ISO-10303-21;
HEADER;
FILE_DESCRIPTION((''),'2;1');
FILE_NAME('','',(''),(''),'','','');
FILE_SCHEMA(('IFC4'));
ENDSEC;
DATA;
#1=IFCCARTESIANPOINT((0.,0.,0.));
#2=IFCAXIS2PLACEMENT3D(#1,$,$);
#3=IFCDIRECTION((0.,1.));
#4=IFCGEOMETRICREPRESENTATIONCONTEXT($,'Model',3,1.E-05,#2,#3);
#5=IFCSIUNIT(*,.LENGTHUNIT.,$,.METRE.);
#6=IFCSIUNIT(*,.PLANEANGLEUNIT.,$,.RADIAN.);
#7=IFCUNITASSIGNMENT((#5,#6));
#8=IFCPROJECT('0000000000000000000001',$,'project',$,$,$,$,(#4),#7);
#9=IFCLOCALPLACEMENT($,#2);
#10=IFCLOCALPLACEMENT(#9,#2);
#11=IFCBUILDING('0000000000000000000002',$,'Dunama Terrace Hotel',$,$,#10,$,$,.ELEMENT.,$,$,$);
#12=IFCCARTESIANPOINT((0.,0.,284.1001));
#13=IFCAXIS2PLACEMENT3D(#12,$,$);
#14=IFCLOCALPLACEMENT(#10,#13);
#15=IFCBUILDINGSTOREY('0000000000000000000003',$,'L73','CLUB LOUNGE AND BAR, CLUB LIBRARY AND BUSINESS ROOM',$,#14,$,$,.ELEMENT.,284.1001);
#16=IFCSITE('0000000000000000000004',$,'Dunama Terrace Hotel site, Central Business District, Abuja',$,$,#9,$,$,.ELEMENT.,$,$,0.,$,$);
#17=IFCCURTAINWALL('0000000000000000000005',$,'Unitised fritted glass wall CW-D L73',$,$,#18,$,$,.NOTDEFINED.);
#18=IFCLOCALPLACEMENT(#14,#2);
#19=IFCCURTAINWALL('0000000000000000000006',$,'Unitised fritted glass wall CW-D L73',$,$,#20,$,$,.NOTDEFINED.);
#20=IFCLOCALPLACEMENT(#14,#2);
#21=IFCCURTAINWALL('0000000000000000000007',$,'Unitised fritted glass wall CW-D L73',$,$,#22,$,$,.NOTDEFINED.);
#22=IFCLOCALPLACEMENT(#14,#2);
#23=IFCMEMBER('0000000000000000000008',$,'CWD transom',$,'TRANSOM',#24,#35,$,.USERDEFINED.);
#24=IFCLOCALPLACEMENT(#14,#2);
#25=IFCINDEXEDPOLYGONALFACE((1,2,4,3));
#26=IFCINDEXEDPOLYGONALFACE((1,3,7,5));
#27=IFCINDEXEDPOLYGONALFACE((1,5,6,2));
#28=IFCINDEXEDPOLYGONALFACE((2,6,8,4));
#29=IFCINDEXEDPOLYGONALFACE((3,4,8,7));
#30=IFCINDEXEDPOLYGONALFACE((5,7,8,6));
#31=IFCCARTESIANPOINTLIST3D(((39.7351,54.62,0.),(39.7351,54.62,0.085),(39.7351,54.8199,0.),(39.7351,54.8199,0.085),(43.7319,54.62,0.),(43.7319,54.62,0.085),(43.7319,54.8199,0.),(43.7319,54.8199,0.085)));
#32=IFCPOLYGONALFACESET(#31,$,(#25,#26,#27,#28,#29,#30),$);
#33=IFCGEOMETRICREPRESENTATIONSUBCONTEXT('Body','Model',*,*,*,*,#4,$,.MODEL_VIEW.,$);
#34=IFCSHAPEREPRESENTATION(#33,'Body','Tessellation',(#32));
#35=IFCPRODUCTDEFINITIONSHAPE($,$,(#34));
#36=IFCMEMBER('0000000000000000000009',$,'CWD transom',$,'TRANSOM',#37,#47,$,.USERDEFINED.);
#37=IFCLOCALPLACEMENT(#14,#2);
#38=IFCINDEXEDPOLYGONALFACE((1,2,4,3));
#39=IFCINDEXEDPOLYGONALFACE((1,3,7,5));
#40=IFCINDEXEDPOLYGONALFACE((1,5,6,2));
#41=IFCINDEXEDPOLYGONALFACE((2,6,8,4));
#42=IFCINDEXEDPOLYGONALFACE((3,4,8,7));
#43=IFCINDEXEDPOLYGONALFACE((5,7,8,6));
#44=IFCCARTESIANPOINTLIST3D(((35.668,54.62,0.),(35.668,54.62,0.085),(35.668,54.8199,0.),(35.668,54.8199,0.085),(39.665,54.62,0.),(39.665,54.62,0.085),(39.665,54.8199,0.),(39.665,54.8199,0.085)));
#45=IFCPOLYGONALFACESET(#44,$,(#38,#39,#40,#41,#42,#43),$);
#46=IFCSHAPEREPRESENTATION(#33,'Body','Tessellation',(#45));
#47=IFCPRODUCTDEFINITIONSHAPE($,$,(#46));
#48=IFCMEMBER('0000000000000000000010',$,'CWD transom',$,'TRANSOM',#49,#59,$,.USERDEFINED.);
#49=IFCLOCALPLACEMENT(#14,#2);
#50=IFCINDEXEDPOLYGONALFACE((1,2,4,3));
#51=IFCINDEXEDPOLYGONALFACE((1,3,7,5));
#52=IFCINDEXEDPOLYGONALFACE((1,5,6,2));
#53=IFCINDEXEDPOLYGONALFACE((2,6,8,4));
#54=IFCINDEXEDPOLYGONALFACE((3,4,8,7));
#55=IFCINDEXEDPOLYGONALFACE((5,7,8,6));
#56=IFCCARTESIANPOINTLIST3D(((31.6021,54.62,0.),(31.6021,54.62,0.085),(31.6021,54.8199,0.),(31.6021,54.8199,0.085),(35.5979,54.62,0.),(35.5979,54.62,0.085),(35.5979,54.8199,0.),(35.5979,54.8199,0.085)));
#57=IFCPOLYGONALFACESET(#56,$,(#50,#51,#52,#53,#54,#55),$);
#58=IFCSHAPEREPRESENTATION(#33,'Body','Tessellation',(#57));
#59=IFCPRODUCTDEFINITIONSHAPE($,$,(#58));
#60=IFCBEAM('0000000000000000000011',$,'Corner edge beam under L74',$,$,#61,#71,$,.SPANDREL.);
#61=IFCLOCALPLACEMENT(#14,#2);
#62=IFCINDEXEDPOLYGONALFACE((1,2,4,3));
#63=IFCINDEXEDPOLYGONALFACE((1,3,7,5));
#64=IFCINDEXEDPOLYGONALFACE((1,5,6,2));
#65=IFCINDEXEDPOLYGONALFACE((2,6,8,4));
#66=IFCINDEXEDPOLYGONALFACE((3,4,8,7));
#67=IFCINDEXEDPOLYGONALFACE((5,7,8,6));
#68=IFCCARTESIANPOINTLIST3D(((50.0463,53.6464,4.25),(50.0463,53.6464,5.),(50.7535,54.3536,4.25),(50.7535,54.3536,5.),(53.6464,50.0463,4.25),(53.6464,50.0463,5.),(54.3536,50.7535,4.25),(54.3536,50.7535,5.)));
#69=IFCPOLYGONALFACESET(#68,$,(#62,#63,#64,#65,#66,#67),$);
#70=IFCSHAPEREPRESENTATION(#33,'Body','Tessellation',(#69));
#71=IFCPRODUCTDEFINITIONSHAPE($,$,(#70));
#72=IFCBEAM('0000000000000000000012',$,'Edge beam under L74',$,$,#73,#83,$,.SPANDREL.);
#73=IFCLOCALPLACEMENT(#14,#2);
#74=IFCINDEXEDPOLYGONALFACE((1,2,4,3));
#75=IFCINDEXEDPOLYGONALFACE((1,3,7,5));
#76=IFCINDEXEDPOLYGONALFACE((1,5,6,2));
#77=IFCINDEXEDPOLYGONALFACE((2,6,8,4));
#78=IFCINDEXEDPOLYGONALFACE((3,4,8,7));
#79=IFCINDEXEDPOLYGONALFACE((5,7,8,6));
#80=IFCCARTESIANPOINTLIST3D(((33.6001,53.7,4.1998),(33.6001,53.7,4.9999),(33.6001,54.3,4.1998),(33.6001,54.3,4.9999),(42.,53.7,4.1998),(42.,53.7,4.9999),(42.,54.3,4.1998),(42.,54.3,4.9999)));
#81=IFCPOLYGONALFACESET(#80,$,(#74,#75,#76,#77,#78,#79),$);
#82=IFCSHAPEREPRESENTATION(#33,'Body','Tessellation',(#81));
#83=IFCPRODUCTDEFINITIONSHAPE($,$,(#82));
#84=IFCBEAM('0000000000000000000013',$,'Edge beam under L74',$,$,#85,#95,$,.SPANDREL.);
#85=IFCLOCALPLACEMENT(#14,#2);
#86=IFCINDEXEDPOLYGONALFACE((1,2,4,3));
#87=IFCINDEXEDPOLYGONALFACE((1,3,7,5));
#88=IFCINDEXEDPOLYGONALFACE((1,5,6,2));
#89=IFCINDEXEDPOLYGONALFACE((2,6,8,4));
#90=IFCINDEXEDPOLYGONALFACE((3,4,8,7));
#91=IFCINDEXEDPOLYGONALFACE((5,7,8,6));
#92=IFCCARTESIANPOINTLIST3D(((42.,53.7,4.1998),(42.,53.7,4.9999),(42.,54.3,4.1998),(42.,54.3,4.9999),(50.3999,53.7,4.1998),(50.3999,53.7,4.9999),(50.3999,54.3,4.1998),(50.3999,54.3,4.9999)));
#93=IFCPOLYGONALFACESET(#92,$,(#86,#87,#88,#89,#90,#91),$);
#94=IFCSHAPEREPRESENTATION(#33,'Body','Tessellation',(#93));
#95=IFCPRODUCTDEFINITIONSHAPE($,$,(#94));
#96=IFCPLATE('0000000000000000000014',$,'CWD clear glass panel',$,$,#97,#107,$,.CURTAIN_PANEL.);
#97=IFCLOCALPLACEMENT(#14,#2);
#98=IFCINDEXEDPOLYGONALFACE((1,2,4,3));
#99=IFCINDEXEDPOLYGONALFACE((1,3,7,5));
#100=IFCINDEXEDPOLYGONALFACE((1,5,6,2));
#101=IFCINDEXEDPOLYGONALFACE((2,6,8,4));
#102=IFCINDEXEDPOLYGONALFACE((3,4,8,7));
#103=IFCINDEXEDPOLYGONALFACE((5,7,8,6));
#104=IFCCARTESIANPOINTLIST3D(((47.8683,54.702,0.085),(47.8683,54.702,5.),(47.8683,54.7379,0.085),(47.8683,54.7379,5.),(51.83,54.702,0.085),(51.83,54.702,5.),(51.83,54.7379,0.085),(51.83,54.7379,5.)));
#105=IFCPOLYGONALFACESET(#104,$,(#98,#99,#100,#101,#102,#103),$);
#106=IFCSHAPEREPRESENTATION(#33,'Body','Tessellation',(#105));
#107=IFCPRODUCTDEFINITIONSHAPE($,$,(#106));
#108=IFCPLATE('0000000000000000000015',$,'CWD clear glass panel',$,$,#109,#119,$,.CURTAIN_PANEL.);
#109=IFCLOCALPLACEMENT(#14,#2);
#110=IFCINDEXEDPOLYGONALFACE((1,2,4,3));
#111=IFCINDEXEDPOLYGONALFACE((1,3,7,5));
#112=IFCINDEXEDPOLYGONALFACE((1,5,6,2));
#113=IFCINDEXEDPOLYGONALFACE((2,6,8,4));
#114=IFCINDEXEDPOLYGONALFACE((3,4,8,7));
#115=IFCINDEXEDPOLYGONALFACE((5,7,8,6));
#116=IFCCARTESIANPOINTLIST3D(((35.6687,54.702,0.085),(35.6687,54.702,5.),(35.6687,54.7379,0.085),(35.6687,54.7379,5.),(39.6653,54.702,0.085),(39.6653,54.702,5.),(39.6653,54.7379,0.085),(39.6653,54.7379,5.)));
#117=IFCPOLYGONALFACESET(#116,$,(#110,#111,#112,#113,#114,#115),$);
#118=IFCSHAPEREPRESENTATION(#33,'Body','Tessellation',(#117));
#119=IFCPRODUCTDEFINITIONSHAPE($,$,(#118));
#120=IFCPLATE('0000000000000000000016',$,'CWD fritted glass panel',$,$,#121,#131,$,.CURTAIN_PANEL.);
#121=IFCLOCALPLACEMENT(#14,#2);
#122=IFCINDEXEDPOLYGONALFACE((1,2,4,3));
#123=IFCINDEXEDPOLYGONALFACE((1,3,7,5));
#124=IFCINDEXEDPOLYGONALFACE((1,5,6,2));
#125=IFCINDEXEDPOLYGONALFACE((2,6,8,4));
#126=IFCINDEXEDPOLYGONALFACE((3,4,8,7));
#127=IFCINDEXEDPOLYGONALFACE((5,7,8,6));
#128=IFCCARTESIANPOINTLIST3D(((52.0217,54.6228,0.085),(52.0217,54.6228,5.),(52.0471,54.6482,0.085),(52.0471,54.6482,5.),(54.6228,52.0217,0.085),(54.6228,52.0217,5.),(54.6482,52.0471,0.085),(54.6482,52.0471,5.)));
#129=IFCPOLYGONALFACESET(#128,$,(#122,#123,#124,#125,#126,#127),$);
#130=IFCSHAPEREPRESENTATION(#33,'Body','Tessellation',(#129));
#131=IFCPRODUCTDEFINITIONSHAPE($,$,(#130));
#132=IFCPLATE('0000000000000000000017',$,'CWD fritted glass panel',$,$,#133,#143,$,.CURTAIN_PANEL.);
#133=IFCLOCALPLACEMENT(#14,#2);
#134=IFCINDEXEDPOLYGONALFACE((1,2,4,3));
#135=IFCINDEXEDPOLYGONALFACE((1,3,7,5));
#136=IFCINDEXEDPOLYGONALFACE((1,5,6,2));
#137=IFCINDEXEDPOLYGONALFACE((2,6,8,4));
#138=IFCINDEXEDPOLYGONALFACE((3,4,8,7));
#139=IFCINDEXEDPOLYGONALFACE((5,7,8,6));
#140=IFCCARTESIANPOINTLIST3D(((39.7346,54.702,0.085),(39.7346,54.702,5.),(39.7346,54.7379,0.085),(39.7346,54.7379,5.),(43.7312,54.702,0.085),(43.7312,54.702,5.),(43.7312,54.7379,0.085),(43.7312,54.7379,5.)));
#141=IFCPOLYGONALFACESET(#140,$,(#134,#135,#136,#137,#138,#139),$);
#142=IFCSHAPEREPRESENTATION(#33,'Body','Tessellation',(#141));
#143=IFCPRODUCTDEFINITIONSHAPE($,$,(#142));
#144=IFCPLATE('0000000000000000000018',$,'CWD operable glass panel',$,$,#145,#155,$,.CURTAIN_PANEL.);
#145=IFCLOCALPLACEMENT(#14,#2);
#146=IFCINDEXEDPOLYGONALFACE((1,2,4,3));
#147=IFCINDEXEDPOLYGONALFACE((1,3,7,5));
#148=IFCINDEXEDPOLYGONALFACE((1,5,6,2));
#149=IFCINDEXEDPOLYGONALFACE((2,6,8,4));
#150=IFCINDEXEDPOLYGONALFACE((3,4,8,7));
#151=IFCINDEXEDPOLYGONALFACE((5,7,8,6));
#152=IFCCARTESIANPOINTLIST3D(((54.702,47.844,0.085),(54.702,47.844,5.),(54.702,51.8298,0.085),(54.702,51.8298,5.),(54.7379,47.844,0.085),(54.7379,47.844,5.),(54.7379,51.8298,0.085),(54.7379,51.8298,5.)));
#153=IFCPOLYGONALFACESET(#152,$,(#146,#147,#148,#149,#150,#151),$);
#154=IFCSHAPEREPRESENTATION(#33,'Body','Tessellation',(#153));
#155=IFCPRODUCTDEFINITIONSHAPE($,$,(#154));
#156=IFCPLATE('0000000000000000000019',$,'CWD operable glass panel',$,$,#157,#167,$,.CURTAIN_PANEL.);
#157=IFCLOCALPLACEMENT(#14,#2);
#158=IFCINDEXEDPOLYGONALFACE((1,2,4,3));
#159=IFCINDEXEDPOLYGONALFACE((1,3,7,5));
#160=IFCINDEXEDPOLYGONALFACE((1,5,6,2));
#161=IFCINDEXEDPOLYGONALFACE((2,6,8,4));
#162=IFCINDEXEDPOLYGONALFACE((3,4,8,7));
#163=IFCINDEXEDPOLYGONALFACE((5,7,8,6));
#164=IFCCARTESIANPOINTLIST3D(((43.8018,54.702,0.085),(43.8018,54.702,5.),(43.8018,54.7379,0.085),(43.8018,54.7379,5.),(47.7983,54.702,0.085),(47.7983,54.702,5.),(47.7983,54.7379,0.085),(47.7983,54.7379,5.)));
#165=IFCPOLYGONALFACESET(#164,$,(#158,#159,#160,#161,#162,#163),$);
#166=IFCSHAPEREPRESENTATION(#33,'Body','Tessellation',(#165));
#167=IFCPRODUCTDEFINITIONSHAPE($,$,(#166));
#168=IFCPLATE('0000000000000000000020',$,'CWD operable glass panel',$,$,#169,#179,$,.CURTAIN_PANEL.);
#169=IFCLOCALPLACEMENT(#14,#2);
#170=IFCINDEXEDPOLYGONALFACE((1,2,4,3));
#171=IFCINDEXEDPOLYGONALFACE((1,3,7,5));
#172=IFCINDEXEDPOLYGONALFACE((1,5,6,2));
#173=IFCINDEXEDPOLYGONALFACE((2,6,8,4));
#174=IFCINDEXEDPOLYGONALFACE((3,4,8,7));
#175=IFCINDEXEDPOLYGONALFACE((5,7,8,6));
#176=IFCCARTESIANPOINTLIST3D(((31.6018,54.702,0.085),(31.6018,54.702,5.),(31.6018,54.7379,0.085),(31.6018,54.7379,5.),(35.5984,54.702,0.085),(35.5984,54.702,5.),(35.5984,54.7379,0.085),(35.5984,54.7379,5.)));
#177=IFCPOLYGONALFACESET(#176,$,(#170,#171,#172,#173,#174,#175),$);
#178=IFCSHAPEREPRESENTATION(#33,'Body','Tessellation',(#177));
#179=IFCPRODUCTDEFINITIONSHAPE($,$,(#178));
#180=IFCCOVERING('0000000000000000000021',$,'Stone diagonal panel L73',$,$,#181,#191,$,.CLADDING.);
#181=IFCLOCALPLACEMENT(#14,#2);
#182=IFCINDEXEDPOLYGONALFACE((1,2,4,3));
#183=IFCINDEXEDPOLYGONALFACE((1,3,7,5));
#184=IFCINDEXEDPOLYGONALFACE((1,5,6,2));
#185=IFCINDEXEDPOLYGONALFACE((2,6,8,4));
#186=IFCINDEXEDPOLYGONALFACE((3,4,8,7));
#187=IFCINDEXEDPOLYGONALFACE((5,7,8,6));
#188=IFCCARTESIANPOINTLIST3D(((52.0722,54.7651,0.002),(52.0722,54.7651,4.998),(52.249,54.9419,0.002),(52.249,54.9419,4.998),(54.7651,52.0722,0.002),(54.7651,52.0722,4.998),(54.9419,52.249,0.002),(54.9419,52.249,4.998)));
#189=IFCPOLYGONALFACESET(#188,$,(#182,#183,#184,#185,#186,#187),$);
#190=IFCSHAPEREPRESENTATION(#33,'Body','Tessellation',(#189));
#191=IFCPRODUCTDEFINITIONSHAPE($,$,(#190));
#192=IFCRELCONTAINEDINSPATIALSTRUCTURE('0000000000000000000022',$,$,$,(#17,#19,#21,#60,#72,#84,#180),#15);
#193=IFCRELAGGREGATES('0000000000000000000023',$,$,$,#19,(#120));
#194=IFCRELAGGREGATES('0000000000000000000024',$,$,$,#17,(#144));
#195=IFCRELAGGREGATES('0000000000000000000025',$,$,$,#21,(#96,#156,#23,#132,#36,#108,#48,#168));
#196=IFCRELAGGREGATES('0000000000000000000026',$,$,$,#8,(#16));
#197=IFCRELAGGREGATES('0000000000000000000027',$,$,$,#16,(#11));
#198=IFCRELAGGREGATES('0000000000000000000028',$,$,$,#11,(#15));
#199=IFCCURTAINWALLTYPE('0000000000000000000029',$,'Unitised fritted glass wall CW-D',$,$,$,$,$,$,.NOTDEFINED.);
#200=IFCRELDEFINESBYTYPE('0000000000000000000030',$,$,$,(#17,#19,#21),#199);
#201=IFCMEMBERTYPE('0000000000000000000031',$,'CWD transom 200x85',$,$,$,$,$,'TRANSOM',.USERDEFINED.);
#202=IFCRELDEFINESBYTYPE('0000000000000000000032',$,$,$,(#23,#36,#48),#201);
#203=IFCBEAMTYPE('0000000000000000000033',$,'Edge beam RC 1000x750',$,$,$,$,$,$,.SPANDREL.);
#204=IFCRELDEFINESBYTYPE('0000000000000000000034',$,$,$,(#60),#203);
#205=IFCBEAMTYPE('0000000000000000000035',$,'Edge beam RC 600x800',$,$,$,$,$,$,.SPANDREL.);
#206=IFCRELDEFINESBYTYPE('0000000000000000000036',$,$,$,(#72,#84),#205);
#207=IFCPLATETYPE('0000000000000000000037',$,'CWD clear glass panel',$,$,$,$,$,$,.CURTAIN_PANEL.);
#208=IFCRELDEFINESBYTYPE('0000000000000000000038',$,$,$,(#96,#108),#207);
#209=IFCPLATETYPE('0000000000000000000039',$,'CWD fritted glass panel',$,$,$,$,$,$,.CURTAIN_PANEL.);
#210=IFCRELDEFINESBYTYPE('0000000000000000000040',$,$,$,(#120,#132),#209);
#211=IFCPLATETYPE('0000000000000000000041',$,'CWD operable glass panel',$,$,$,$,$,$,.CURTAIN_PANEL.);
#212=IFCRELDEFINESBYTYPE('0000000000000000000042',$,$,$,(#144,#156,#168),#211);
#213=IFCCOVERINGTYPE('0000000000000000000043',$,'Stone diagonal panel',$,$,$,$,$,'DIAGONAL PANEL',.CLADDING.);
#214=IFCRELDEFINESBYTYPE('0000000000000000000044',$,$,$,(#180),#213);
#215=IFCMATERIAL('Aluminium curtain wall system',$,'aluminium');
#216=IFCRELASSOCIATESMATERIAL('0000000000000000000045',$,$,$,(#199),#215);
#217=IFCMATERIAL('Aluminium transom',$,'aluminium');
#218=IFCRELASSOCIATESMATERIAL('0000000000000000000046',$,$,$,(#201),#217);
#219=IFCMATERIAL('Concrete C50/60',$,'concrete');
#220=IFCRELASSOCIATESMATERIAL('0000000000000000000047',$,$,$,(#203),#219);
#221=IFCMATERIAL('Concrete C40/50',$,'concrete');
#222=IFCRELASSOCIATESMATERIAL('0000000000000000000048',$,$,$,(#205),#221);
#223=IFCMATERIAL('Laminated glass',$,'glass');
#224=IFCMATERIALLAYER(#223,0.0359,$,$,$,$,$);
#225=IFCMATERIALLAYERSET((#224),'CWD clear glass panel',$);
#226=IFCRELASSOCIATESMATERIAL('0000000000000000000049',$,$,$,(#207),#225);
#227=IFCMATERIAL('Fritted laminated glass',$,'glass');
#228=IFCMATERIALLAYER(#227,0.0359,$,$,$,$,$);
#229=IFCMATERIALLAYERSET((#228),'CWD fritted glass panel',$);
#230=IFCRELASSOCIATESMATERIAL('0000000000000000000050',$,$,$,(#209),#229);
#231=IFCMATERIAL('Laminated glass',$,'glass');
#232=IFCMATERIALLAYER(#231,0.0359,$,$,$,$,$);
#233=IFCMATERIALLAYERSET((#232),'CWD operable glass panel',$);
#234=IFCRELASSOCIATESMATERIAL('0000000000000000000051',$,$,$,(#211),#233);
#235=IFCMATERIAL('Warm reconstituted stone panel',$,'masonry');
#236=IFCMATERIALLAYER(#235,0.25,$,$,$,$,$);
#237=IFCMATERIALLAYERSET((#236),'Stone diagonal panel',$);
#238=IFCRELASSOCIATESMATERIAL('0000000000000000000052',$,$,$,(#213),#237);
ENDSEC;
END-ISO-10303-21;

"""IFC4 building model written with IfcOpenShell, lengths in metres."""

from ifc_helpers import new_model, si_unit, direction, frame, origin, origin_2d, place, context, subcontext, project, spatial, rectangle, extrude, material, layer, layer_set, material_profile, profile_set, type_object, element, aggregate, save


model = new_model("IFC4")

# Units and contexts
model_context = context("Model", 3, precision=1e-05, world=origin(), true_north=direction((0.0, 1.0)))
body_context = subcontext(model_context, "Body", "Model", "MODEL_VIEW")
ifc_project = project(units=[si_unit("LENGTHUNIT", "METRE"), si_unit("PLANEANGLEUNIT", "RADIAN")], contexts=[model_context])

# Site, building, storey
site_placement = place(None, origin())
site = spatial("IfcSite", under=ifc_project, at=site_placement, Name="Dunama Terrace Hotel site, Central Business District, Abuja", CompositionType="ELEMENT", RefElevation=0.0)
building_placement = place(site_placement, origin())
building = spatial("IfcBuilding", under=site, at=building_placement, Name="Dunama Terrace Hotel", CompositionType="ELEMENT")
storey_placement = place(building_placement, frame((0.0, 0.0, 284.1001)))
storey = spatial("IfcBuildingStorey", under=building, at=storey_placement, Name="L73", Description="CLUB LOUNGE AND BAR, CLUB LIBRARY AND BUSINESS ROOM", CompositionType="ELEMENT", Elevation=284.1001)

# Curtain wall
ifc_material_1 = material(Name="Aluminium curtain wall system", Category="aluminium")
curtain_wall_type = type_object("IfcCurtainWallType", Name="Unitised fritted glass wall CW-D", PredefinedType="NOTDEFINED", material=ifc_material_1)
curtain_wall_1_placement = place(storey_placement, origin())
curtain_wall_1 = element("IfcCurtainWall", 1, at=curtain_wall_1_placement, inside=storey, type_object=curtain_wall_type, Name="Unitised fritted glass wall CW-D L73", PredefinedType="NOTDEFINED")

# Curtain walls
curtain_wall_2_placement = place(storey_placement, origin())
curtain_wall_2 = element("IfcCurtainWall", 2, at=curtain_wall_2_placement, inside=storey, type_object=curtain_wall_type, Name="Unitised fritted glass wall CW-D L73", PredefinedType="NOTDEFINED")
curtain_wall_3_placement = place(storey_placement, origin())
curtain_wall_3 = element("IfcCurtainWall", 3, at=curtain_wall_3_placement, inside=storey, type_object=curtain_wall_type, Name="Unitised fritted glass wall CW-D L73", PredefinedType="NOTDEFINED")

# Members
ifc_material_2 = material(Name="Aluminium transom", Category="aluminium")
ifc_material_profile_1 = material_profile(ifc_material_2, rectangle(XDim=0.2, YDim=0.085, at=origin_2d()), Name="CWD TRANSOM 200X85")
ifc_profile_set_1 = profile_set([ifc_material_profile_1], Name="Aluminium transom")
member_type_1 = type_object("IfcMemberType", Name="CWD transom 200x85", ElementType="TRANSOM", PredefinedType="USERDEFINED", material=ifc_profile_set_1)
member_1_placement = place(storey_placement, frame((43.7319, 54.72, 0.0425), z_axis=(-1.0, 0.0, 0.0), x_axis=(0.0, -1.0, 0.0)))
member_1 = element("IfcMember", 4, at=member_1_placement, type_object=member_type_1, Name="CWD transom", ObjectType="TRANSOM", PredefinedType="USERDEFINED", context=body_context, shape_type="SweptSolid", body=[
    extrude(rectangle(XDim=0.2, YDim=0.085, at=origin_2d()), origin(), (0.0, 0.0, 1.0), 3.9968),
])
member_2_placement = place(storey_placement, frame((39.665, 54.72, 0.0425), z_axis=(-1.0, 0.0, 0.0), x_axis=(0.0, -1.0, 0.0)))
member_2 = element("IfcMember", 5, at=member_2_placement, type_object=member_type_1, Name="CWD transom", ObjectType="TRANSOM", PredefinedType="USERDEFINED", context=body_context, shape_type="SweptSolid", body=[
    extrude(rectangle(XDim=0.2, YDim=0.085, at=origin_2d()), origin(), (0.0, 0.0, 1.0), 3.9971),
])
member_3_placement = place(storey_placement, frame((35.5979, 54.72, 0.0425), z_axis=(-1.0, 0.0, 0.0), x_axis=(0.0, -1.0, 0.0)))
member_3 = element("IfcMember", 6, at=member_3_placement, type_object=member_type_1, Name="CWD transom", ObjectType="TRANSOM", PredefinedType="USERDEFINED", context=body_context, shape_type="SweptSolid", body=[
    extrude(rectangle(XDim=0.2, YDim=0.085, at=origin_2d()), origin(), (0.0, 0.0, 1.0), 3.9958),
])

# Beams
ifc_material_3 = material(Name="Concrete C50/60", Category="concrete")
ifc_material_profile_2 = material_profile(ifc_material_3, rectangle(XDim=1.0, YDim=0.75, at=origin_2d()), Name="RC 1000x750")
ifc_profile_set_2 = profile_set([ifc_material_profile_2], Name="Concrete C50/60")
beam_type_1 = type_object("IfcBeamType", Name="Edge beam RC 1000x750", PredefinedType="SPANDREL", material=ifc_profile_set_2)
beam_placement = place(storey_placement, frame((50.3999, 54.0, 4.625), z_axis=(0.707107, -0.707107, 0.0), x_axis=(0.707107, 0.707107, 0.0)))
element("IfcBeam", 7, at=beam_placement, inside=storey, type_object=beam_type_1, Name="Corner edge beam under L74", PredefinedType="SPANDREL", context=body_context, shape_type="SweptSolid", body=[
    extrude(rectangle(XDim=1.0, YDim=0.75, at=origin_2d()), origin(), (0.0, 0.0, 1.0), 5.0913),
])
ifc_material_4 = material(Name="Concrete C40/50", Category="concrete")
ifc_material_profile_3 = material_profile(ifc_material_4, rectangle(XDim=0.6001, YDim=0.8, at=origin_2d()), Name="RC 600x800")
ifc_profile_set_3 = profile_set([ifc_material_profile_3], Name="Concrete C40/50")
beam_type_2 = type_object("IfcBeamType", Name="Edge beam RC 600x800", PredefinedType="SPANDREL", material=ifc_profile_set_3)
for number, where, z_axis, x_axis, name in (
    (8, (33.6001, 54.0, 4.5999), (1.0, 0.0, 0.0), (0.0, 1.0, 0.0), "Edge beam under L74"),
    (9, (42.0, 54.0, 4.5999), (1.0, 0.0, 0.0), (0.0, 1.0, 0.0), "Edge beam under L74"),
):
    element("IfcBeam", number, at=place(storey_placement, frame(where, z_axis=z_axis, x_axis=x_axis)), inside=storey, type_object=beam_type_2, Name=name, PredefinedType="SPANDREL", context=body_context, shape_type="SweptSolid", body=[
        extrude(rectangle(XDim=0.6001, YDim=0.8, at=origin_2d()), origin(), (0.0, 0.0, 1.0), 8.3999),
    ])

# Plates
ifc_material_5 = material(Name="Laminated glass", Category="glass")
ifc_layer_1 = layer(ifc_material_5, 0.0359)
ifc_layer_set_1 = layer_set([ifc_layer_1], Name="CWD clear glass panel")
plate_type_1 = type_object("IfcPlateType", Name="CWD clear glass panel", PredefinedType="CURTAIN_PANEL", material=ifc_layer_set_1)
plate_1_placement = place(storey_placement, frame((49.8491, 54.72, 0.085), z_axis=(0.0, 0.0, 1.0), x_axis=(-1.0, 0.0, 0.0)))
plate_1 = element("IfcPlate", 10, at=plate_1_placement, type_object=plate_type_1, Name="CWD clear glass panel", PredefinedType="CURTAIN_PANEL", context=body_context, shape_type="SweptSolid", body=[
    extrude(rectangle(XDim=3.9617, YDim=0.0359, at=origin_2d()), origin(), (0.0, 0.0, 1.0), 4.915),
])
plate_2_placement = place(storey_placement, frame((37.667, 54.72, 0.085), z_axis=(0.0, 0.0, 1.0), x_axis=(-1.0, 0.0, 0.0)))
plate_2 = element("IfcPlate", 11, at=plate_2_placement, type_object=plate_type_1, Name="CWD clear glass panel", PredefinedType="CURTAIN_PANEL", context=body_context, shape_type="SweptSolid", body=[
    extrude(rectangle(XDim=3.9966, YDim=0.0359, at=origin_2d()), origin(), (0.0, 0.0, 1.0), 4.915),
])
ifc_material_6 = material(Name="Fritted laminated glass", Category="glass")
ifc_layer_2 = layer(ifc_material_6, 0.0359)
ifc_layer_set_2 = layer_set([ifc_layer_2], Name="CWD fritted glass panel")
plate_type_2 = type_object("IfcPlateType", Name="CWD fritted glass panel", PredefinedType="CURTAIN_PANEL", material=ifc_layer_set_2)
plate_3_placement = place(storey_placement, frame((53.335, 53.335, 0.085), z_axis=(0.0, 0.0, 1.0), x_axis=(-0.707107, 0.707107, 0.0)))
plate_3 = element("IfcPlate", 12, at=plate_3_placement, type_object=plate_type_2, Name="CWD fritted glass panel", PredefinedType="CURTAIN_PANEL", context=body_context, shape_type="SweptSolid", body=[
    extrude(rectangle(XDim=3.6785, YDim=0.0359, at=origin_2d()), origin(), (0.0, 0.0, 1.0), 4.915),
])
aggregate(curtain_wall_2, [plate_3])
plate_4_placement = place(storey_placement, frame((41.7329, 54.72, 0.085), z_axis=(0.0, 0.0, 1.0), x_axis=(-1.0, 0.0, 0.0)))
plate_4 = element("IfcPlate", 13, at=plate_4_placement, type_object=plate_type_2, Name="CWD fritted glass panel", PredefinedType="CURTAIN_PANEL", context=body_context, shape_type="SweptSolid", body=[
    extrude(rectangle(XDim=3.9966, YDim=0.0359, at=origin_2d()), origin(), (0.0, 0.0, 1.0), 4.915),
])
ifc_material_7 = material(Name="Laminated glass", Category="glass")
ifc_layer_3 = layer(ifc_material_7, 0.0359)
ifc_layer_set_3 = layer_set([ifc_layer_3], Name="CWD operable glass panel")
plate_type_3 = type_object("IfcPlateType", Name="CWD operable glass panel", PredefinedType="CURTAIN_PANEL", material=ifc_layer_set_3)
plate_5_placement = place(storey_placement, frame((54.72, 49.8369, 0.085), z_axis=(0.0, 0.0, 1.0), x_axis=(0.0, 1.0, 0.0)))
plate_5 = element("IfcPlate", 14, at=plate_5_placement, type_object=plate_type_3, Name="CWD operable glass panel", PredefinedType="CURTAIN_PANEL", context=body_context, shape_type="SweptSolid", body=[
    extrude(rectangle(XDim=3.9858, YDim=0.0359, at=origin_2d()), origin(), (0.0, 0.0, 1.0), 4.915),
])
aggregate(curtain_wall_1, [plate_5])
plate_6_placement = place(storey_placement, frame((45.8, 54.72, 0.085), z_axis=(0.0, 0.0, 1.0), x_axis=(-1.0, 0.0, 0.0)))
plate_6 = element("IfcPlate", 15, at=plate_6_placement, type_object=plate_type_3, Name="CWD operable glass panel", PredefinedType="CURTAIN_PANEL", context=body_context, shape_type="SweptSolid", body=[
    extrude(rectangle(XDim=3.9966, YDim=0.0359, at=origin_2d()), origin(), (0.0, 0.0, 1.0), 4.915),
])
plate_7_placement = place(storey_placement, frame((33.6001, 54.72, 0.085), z_axis=(0.0, 0.0, 1.0), x_axis=(-1.0, 0.0, 0.0)))
plate_7 = element("IfcPlate", 16, at=plate_7_placement, type_object=plate_type_3, Name="CWD operable glass panel", PredefinedType="CURTAIN_PANEL", context=body_context, shape_type="SweptSolid", body=[
    extrude(rectangle(XDim=3.9966, YDim=0.0359, at=origin_2d()), origin(), (0.0, 0.0, 1.0), 4.915),
])
aggregate(curtain_wall_3, [plate_1, plate_6, member_1, plate_4, member_2, plate_2, member_3, plate_7])

# Covering
ifc_material_8 = material(Name="Warm reconstituted stone panel", Category="masonry")
ifc_layer_4 = layer(ifc_material_8, 0.25)
ifc_layer_set_4 = layer_set([ifc_layer_4], Name="Stone diagonal panel")
covering_type = type_object("IfcCoveringType", Name="Stone diagonal panel", ElementType="DIAGONAL PANEL", PredefinedType="CLADDING", material=ifc_layer_set_4)
covering_1_placement = place(storey_placement, frame((53.5071, 53.5071, 0.002), z_axis=(0.0, 0.0, 1.0), x_axis=(-0.707107, 0.707107, 0.0)))
element("IfcCovering", 17, at=covering_1_placement, inside=storey, type_object=covering_type, Name="Stone diagonal panel L73", PredefinedType="CLADDING", context=body_context, shape_type="SweptSolid", body=[
    extrude(rectangle(XDim=3.8083, YDim=0.25, at=origin_2d()), origin(), (0.0, 0.0, 1.0), 4.9961),
])

save(model, "model.ifc")
